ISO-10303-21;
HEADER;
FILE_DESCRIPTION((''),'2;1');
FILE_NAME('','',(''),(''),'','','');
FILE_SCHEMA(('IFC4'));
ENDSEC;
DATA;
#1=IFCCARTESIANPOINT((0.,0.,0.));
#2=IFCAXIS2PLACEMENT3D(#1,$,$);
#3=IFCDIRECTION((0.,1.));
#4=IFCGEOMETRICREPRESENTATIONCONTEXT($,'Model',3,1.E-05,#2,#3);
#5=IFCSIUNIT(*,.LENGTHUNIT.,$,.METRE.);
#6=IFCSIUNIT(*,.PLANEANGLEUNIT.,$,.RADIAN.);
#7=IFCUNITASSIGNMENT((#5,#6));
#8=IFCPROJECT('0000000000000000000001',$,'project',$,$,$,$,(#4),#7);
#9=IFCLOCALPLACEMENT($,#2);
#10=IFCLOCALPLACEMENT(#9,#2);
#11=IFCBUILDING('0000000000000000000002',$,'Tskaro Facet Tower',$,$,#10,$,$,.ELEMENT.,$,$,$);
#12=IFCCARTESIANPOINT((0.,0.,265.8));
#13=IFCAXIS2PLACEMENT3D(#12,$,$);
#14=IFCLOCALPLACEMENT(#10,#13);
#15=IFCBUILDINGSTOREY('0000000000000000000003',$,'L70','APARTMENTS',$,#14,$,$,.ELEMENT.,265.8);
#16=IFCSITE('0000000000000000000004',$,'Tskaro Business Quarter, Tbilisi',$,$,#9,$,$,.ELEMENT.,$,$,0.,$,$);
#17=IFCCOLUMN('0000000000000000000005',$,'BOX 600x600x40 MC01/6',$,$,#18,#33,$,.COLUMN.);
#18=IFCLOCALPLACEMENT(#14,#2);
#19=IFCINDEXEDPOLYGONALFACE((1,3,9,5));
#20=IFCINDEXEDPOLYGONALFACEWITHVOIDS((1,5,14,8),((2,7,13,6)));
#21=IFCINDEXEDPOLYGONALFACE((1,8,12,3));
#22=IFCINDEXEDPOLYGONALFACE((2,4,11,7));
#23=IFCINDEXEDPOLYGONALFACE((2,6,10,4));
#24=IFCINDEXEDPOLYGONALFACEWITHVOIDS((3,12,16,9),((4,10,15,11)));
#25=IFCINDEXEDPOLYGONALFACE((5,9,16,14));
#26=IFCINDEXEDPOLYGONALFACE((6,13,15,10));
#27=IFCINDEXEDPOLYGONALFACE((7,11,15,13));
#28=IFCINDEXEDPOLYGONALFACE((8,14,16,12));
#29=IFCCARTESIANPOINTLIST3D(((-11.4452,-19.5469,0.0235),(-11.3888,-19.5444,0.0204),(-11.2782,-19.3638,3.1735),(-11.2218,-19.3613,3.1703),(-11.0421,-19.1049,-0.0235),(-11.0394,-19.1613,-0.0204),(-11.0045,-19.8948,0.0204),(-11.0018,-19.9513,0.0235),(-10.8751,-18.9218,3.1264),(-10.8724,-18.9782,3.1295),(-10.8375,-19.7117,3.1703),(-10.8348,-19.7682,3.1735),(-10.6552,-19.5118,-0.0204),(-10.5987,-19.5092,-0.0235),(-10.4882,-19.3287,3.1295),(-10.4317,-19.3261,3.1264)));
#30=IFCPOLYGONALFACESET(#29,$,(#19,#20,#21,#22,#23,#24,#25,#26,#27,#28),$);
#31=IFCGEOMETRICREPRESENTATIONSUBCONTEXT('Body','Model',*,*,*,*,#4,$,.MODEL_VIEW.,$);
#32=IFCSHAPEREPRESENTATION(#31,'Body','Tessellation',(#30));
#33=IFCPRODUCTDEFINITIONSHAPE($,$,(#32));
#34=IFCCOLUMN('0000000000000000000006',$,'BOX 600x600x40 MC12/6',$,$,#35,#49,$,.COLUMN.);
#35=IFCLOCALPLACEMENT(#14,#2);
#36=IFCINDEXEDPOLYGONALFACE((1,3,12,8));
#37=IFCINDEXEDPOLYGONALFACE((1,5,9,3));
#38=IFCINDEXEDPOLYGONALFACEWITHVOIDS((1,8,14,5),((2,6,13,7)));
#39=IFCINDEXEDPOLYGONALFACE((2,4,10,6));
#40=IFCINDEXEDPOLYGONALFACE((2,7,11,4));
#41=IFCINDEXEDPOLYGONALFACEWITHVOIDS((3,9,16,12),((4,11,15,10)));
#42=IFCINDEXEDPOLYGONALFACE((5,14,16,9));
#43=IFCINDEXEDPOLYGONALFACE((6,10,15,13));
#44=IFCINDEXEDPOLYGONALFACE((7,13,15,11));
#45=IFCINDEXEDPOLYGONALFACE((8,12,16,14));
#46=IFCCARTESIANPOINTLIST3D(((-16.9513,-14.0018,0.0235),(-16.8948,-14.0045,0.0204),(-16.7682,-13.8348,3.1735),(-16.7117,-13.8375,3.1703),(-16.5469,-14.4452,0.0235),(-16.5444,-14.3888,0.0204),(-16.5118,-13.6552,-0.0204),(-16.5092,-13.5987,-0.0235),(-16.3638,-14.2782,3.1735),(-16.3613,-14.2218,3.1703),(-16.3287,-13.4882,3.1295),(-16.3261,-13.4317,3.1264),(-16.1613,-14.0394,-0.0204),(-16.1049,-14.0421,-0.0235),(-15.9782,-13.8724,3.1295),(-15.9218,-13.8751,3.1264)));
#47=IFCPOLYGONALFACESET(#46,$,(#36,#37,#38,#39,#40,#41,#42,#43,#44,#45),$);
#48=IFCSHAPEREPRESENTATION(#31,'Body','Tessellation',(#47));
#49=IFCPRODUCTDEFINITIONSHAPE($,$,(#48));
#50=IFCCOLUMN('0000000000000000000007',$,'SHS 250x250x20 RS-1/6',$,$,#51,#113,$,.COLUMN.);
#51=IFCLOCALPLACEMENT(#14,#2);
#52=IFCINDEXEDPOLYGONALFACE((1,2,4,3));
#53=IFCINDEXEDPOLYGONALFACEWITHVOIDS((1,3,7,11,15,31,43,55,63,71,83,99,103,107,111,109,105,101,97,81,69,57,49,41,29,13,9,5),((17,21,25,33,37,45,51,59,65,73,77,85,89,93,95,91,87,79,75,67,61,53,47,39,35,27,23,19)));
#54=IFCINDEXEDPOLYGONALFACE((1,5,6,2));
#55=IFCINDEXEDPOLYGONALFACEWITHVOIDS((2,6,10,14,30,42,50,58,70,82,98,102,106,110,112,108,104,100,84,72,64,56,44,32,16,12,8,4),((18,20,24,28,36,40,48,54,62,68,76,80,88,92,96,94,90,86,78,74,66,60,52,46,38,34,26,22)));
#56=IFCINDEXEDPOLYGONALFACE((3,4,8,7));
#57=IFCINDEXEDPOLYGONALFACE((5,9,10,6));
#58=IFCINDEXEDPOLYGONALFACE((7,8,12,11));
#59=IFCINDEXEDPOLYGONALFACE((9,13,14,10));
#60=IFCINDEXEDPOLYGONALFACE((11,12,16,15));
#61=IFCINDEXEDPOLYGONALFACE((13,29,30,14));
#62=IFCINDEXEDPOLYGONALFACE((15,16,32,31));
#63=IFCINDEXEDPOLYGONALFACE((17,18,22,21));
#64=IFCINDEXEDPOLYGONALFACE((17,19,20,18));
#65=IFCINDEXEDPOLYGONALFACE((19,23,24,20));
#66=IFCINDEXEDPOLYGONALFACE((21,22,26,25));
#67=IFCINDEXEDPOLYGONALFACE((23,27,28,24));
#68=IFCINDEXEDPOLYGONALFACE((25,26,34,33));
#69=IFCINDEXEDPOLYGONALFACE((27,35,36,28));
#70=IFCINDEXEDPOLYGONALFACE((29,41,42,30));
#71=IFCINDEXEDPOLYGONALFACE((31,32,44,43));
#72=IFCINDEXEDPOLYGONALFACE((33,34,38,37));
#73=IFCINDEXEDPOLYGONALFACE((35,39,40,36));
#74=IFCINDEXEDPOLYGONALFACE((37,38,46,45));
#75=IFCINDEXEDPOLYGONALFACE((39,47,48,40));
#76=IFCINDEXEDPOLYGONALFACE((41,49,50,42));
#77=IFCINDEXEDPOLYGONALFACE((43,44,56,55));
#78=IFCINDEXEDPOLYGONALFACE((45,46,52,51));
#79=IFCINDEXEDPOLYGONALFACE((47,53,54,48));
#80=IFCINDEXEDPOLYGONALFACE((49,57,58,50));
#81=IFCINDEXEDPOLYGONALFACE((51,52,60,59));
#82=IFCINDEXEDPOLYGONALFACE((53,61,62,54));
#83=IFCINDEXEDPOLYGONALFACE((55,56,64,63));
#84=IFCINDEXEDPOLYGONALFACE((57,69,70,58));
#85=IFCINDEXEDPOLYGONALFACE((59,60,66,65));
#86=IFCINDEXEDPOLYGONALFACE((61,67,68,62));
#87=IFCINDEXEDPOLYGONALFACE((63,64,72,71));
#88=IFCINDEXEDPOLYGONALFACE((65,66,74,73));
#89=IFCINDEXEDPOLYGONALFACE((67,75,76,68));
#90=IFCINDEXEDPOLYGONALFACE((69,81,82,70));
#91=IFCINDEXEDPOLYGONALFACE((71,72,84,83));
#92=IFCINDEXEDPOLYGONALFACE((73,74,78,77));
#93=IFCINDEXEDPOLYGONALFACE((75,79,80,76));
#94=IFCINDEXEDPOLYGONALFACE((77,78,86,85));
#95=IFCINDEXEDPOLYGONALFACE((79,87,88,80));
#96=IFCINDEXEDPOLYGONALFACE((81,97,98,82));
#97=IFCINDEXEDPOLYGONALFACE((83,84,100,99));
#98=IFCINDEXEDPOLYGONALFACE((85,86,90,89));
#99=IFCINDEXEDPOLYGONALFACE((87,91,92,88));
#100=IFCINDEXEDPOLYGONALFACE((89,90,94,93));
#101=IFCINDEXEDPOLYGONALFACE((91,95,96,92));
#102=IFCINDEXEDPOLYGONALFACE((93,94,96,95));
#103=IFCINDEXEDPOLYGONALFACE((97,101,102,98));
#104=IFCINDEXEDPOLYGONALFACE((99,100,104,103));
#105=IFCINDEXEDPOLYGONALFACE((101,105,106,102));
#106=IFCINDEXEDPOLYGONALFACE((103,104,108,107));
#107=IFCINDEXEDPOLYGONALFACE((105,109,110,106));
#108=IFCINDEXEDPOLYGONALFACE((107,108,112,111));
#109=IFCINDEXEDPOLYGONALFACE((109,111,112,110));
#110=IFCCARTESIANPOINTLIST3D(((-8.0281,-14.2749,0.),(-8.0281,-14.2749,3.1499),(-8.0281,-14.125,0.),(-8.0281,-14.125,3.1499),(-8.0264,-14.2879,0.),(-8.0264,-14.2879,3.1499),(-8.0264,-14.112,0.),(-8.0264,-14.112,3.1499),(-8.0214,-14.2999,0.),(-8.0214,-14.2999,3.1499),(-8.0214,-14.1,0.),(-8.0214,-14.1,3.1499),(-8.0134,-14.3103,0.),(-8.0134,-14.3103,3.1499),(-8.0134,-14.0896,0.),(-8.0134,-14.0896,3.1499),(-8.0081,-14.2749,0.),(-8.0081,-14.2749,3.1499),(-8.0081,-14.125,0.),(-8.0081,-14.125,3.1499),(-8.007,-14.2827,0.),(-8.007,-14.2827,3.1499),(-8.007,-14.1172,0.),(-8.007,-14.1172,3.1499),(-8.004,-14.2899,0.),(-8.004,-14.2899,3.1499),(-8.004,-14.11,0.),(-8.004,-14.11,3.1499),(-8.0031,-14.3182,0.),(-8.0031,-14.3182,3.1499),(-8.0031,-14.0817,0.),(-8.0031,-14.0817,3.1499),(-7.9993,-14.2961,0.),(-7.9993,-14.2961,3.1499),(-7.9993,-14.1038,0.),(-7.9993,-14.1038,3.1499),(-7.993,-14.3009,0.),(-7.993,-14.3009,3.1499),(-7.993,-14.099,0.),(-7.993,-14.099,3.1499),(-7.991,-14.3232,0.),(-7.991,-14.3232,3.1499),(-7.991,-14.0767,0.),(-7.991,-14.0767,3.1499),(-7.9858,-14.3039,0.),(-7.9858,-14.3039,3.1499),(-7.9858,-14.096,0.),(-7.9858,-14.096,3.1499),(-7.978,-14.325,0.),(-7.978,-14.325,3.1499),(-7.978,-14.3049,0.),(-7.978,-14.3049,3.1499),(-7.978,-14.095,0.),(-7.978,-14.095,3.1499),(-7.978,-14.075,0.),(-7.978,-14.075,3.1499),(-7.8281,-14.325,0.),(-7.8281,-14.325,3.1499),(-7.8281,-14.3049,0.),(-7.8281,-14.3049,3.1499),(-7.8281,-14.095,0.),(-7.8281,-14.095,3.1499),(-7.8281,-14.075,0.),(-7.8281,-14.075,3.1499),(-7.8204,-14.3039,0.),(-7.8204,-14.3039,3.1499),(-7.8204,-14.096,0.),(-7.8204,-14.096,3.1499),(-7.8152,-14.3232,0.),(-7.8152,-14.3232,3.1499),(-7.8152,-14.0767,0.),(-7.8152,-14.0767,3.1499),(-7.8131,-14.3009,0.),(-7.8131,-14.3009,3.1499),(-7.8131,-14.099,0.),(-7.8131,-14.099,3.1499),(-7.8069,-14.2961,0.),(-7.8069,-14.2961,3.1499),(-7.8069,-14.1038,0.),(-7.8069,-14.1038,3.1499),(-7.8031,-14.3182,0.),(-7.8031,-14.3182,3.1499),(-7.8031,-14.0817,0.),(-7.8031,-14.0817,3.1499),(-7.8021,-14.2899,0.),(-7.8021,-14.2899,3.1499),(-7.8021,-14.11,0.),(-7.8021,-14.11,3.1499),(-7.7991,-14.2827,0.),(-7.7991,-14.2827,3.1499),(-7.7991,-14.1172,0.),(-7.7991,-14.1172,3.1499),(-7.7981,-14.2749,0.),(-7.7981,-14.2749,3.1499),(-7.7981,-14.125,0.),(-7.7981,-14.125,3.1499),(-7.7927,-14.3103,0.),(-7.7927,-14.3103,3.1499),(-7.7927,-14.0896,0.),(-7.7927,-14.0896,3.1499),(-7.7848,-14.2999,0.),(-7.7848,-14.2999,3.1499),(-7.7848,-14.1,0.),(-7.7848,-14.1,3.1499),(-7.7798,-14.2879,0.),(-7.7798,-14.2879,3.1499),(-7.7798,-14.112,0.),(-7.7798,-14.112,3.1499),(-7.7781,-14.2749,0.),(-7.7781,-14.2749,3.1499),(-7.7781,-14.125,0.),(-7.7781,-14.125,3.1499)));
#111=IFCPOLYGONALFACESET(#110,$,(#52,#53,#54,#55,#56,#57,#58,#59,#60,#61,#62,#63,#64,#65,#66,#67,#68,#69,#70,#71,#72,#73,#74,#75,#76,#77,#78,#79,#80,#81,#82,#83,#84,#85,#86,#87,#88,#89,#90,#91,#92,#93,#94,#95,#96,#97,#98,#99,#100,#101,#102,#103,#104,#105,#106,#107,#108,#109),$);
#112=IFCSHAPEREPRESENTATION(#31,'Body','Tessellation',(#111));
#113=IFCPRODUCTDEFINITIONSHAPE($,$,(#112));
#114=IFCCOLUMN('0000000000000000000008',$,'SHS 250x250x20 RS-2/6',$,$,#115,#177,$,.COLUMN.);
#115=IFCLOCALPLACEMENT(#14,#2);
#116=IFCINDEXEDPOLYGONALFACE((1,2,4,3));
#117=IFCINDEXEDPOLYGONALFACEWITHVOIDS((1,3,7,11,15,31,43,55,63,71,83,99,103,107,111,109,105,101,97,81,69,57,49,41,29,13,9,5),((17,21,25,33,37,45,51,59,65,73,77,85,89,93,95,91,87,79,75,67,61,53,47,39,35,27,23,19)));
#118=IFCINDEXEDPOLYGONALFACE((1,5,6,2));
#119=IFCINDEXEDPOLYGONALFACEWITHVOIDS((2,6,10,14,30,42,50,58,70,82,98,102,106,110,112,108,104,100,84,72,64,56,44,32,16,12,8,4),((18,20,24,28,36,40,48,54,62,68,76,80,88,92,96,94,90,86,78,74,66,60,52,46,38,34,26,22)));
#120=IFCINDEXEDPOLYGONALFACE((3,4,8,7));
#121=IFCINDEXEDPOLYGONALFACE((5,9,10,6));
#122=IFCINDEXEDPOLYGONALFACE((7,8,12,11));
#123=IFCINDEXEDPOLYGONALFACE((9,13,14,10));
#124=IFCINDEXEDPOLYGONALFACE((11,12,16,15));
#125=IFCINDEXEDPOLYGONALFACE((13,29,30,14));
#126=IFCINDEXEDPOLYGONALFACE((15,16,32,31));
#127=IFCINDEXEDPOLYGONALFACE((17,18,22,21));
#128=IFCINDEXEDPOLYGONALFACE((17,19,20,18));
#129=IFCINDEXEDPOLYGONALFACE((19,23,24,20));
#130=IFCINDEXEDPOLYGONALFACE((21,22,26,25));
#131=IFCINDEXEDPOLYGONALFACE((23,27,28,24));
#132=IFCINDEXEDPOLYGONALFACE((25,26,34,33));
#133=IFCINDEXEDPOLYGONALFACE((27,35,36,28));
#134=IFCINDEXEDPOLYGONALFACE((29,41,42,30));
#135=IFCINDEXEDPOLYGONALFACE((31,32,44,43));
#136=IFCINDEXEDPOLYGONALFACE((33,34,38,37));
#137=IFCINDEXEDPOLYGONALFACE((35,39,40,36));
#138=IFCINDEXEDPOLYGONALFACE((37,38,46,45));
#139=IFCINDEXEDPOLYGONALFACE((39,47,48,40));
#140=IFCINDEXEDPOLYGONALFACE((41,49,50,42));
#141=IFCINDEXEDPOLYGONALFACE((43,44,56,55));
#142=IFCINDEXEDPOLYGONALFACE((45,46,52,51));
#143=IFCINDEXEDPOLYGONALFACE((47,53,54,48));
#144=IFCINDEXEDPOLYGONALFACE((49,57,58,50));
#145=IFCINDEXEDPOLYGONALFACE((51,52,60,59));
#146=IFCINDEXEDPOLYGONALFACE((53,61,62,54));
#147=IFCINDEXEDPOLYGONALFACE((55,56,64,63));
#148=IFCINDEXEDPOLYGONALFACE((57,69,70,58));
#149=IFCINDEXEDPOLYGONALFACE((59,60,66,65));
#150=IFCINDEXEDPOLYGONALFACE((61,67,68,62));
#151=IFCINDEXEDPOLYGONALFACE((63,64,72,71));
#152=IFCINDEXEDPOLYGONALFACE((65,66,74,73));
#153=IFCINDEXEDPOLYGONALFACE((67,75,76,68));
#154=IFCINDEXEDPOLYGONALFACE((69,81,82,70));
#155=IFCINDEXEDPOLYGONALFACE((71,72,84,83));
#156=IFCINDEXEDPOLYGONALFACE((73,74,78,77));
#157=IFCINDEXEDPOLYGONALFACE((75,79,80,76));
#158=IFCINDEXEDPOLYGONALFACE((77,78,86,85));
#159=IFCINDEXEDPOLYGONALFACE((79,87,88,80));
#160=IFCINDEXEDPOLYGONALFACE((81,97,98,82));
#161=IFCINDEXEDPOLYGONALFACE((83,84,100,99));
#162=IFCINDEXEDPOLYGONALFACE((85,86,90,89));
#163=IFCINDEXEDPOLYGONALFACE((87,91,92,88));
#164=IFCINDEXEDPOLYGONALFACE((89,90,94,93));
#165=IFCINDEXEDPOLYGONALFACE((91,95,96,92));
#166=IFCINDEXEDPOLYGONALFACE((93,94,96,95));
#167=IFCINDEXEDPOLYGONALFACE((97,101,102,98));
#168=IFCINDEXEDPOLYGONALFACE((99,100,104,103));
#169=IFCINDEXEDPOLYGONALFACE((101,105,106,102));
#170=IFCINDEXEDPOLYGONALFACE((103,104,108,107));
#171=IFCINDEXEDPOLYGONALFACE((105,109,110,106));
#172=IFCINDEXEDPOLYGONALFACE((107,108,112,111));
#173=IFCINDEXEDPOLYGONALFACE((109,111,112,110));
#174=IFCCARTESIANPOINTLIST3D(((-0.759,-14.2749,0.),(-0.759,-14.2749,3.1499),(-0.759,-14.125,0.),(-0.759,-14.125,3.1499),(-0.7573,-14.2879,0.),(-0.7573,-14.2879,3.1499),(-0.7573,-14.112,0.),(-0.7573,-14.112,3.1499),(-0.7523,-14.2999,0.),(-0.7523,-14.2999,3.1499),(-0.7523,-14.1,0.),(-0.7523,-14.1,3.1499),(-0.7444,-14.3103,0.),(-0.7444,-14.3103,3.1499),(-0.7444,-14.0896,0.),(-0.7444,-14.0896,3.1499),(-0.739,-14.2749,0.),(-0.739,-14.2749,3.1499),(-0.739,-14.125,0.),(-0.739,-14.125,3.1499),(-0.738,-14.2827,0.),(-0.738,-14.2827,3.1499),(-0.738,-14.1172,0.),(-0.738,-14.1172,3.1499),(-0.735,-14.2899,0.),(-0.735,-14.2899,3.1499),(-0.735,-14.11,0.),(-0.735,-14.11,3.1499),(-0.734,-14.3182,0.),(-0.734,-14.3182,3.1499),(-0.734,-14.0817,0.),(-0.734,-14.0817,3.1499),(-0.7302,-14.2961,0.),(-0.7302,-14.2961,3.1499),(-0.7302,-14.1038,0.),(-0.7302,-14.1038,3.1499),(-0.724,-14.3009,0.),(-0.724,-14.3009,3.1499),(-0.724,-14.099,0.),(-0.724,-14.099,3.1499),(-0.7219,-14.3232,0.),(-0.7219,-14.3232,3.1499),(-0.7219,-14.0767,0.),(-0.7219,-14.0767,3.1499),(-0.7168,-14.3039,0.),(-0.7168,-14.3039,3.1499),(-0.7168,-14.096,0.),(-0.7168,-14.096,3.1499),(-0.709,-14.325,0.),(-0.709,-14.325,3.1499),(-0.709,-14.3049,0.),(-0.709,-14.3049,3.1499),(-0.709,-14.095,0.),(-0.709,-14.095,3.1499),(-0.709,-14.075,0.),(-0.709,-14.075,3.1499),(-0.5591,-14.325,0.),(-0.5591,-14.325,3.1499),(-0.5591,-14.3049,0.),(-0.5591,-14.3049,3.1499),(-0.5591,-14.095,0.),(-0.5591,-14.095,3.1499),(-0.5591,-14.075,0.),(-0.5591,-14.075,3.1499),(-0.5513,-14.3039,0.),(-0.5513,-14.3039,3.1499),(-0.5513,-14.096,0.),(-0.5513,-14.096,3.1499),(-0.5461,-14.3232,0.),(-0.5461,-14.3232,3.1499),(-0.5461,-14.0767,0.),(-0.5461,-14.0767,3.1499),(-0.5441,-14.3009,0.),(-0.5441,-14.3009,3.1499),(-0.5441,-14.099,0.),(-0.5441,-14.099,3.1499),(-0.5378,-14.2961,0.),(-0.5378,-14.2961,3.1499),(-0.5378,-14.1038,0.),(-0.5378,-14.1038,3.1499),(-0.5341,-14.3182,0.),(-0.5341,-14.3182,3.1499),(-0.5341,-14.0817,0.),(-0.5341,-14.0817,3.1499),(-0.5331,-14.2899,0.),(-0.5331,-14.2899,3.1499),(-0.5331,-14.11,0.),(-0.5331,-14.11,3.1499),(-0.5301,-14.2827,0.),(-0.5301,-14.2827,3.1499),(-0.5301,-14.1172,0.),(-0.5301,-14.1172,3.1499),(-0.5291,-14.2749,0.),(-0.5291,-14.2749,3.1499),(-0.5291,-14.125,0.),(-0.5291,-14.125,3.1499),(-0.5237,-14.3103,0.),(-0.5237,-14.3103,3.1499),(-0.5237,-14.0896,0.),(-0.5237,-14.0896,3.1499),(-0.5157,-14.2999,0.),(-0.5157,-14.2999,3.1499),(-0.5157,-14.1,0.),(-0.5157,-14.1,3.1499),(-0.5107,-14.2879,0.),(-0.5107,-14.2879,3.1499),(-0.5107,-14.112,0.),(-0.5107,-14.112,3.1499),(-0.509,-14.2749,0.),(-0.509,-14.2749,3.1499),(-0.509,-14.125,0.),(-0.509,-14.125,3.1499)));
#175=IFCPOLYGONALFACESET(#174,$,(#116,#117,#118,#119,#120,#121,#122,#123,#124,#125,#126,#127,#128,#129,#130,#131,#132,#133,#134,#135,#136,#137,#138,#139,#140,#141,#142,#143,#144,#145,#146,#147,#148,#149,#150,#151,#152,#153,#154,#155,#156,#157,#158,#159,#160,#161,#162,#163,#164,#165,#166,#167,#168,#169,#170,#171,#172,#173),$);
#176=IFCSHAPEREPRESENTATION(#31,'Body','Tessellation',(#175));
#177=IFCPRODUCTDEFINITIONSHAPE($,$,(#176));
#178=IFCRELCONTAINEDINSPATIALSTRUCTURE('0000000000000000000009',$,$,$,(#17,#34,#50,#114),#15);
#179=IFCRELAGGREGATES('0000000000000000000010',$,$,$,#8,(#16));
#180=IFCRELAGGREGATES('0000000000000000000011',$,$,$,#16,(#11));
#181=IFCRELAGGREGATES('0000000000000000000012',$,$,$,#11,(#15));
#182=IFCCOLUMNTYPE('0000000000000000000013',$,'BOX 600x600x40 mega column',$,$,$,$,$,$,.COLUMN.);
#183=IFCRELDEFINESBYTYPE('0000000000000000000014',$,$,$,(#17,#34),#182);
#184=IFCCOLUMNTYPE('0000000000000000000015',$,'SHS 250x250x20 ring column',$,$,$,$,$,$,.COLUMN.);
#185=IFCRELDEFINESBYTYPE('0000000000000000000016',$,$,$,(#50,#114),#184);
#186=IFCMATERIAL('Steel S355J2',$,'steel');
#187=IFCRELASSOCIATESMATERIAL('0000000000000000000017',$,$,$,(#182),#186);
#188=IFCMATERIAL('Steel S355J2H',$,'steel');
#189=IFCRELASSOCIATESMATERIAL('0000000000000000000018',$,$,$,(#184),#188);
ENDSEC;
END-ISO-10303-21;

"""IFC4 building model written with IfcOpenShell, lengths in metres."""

from ifc_helpers import new_model, si_unit, direction, frame, origin, origin_2d, place, context, subcontext, project, spatial, hollow_rectangle, extrude, material, material_profile, profile_set, type_object, element, save


model = new_model("IFC4")

# Units and contexts
model_context = context("Model", 3, precision=1e-05, world=origin(), true_north=direction((0.0, 1.0)))
body_context = subcontext(model_context, "Body", "Model", "MODEL_VIEW")
ifc_project = project(units=[si_unit("LENGTHUNIT", "METRE"), si_unit("PLANEANGLEUNIT", "RADIAN")], contexts=[model_context])

# Site, building, storey
site_placement = place(None, origin())
site = spatial("IfcSite", under=ifc_project, at=site_placement, Name="Tskaro Business Quarter, Tbilisi", CompositionType="ELEMENT", RefElevation=0.0)
building_placement = place(site_placement, origin())
building = spatial("IfcBuilding", under=site, at=building_placement, Name="Tskaro Facet Tower", CompositionType="ELEMENT")
storey_placement = place(building_placement, frame((0.0, 0.0, 265.8)))
storey = spatial("IfcBuildingStorey", under=building, at=storey_placement, Name="L70", Description="APARTMENTS", CompositionType="ELEMENT", Elevation=265.8)

# Columns
ifc_material_1 = material(Name="Steel S355J2", Category="steel")
ifc_material_profile_1 = material_profile(ifc_material_1, hollow_rectangle(XDim=0.6001, YDim=0.6001, WallThickness=0.04, at=origin_2d()), Name="BOX 600x600x40")
ifc_profile_set_1 = profile_set([ifc_material_profile_1], Name="Steel S355J2")
column_type_1 = type_object("IfcColumnType", Name="BOX 600x600x40 mega column", PredefinedType="COLUMN", material=ifc_profile_set_1)
for number, where, z_axis, x_axis, name in (
    (1, (-11.022, -19.5281, 0.0), (0.052852, 0.057951, 0.996919), (-0.738869, 0.673849, 0.0), "BOX 600x600x40 MC01/6"),
    (2, (-16.5281, -14.022, 0.0), (0.057951, 0.052852, 0.996919), (-0.673849, 0.738869, 0.0), "BOX 600x600x40 MC12/6"),
):
    element("IfcColumn", number, at=place(storey_placement, frame(where, z_axis=z_axis, x_axis=x_axis)), inside=storey, type_object=column_type_1, Name=name, PredefinedType="COLUMN", context=body_context, shape_type="SweptSolid", body=[
        extrude(hollow_rectangle(XDim=0.6001, YDim=0.6001, WallThickness=0.04, at=origin_2d()), origin(), (0.0, 0.0, 1.0), 3.1597),
    ])
ifc_material_2 = material(Name="Steel S355J2H", Category="steel")
ifc_material_profile_2 = material_profile(ifc_material_2, hollow_rectangle(XDim=0.25, YDim=0.25, WallThickness=0.02, InnerFilletRadius=0.03, OuterFilletRadius=0.05, at=origin_2d()), Name="SHS 250x250x20")
ifc_profile_set_2 = profile_set([ifc_material_profile_2], Name="Steel S355J2H")
column_type_2 = type_object("IfcColumnType", Name="SHS 250x250x20 ring column", PredefinedType="COLUMN", material=ifc_profile_set_2)
for number, where, z_axis, x_axis, name in (
    (3, (-7.9031, -14.2, 0.0), (0.0, 0.0, 1.0), (1.0, 0.0, 0.0), "SHS 250x250x20 RS-1/6"),
    (4, (-0.634, -14.2, 0.0), (0.0, 0.0, 1.0), (1.0, 0.0, 0.0), "SHS 250x250x20 RS-2/6"),
):
    element("IfcColumn", number, at=place(storey_placement, frame(where, z_axis=z_axis, x_axis=x_axis)), inside=storey, type_object=column_type_2, Name=name, PredefinedType="COLUMN", context=body_context, shape_type="SweptSolid", body=[
        extrude(hollow_rectangle(XDim=0.25, YDim=0.25, WallThickness=0.02, InnerFilletRadius=0.03, OuterFilletRadius=0.05, at=origin_2d()), origin(), (0.0, 0.0, 1.0), 3.1499),
    ])

save(model, "model.ifc")
